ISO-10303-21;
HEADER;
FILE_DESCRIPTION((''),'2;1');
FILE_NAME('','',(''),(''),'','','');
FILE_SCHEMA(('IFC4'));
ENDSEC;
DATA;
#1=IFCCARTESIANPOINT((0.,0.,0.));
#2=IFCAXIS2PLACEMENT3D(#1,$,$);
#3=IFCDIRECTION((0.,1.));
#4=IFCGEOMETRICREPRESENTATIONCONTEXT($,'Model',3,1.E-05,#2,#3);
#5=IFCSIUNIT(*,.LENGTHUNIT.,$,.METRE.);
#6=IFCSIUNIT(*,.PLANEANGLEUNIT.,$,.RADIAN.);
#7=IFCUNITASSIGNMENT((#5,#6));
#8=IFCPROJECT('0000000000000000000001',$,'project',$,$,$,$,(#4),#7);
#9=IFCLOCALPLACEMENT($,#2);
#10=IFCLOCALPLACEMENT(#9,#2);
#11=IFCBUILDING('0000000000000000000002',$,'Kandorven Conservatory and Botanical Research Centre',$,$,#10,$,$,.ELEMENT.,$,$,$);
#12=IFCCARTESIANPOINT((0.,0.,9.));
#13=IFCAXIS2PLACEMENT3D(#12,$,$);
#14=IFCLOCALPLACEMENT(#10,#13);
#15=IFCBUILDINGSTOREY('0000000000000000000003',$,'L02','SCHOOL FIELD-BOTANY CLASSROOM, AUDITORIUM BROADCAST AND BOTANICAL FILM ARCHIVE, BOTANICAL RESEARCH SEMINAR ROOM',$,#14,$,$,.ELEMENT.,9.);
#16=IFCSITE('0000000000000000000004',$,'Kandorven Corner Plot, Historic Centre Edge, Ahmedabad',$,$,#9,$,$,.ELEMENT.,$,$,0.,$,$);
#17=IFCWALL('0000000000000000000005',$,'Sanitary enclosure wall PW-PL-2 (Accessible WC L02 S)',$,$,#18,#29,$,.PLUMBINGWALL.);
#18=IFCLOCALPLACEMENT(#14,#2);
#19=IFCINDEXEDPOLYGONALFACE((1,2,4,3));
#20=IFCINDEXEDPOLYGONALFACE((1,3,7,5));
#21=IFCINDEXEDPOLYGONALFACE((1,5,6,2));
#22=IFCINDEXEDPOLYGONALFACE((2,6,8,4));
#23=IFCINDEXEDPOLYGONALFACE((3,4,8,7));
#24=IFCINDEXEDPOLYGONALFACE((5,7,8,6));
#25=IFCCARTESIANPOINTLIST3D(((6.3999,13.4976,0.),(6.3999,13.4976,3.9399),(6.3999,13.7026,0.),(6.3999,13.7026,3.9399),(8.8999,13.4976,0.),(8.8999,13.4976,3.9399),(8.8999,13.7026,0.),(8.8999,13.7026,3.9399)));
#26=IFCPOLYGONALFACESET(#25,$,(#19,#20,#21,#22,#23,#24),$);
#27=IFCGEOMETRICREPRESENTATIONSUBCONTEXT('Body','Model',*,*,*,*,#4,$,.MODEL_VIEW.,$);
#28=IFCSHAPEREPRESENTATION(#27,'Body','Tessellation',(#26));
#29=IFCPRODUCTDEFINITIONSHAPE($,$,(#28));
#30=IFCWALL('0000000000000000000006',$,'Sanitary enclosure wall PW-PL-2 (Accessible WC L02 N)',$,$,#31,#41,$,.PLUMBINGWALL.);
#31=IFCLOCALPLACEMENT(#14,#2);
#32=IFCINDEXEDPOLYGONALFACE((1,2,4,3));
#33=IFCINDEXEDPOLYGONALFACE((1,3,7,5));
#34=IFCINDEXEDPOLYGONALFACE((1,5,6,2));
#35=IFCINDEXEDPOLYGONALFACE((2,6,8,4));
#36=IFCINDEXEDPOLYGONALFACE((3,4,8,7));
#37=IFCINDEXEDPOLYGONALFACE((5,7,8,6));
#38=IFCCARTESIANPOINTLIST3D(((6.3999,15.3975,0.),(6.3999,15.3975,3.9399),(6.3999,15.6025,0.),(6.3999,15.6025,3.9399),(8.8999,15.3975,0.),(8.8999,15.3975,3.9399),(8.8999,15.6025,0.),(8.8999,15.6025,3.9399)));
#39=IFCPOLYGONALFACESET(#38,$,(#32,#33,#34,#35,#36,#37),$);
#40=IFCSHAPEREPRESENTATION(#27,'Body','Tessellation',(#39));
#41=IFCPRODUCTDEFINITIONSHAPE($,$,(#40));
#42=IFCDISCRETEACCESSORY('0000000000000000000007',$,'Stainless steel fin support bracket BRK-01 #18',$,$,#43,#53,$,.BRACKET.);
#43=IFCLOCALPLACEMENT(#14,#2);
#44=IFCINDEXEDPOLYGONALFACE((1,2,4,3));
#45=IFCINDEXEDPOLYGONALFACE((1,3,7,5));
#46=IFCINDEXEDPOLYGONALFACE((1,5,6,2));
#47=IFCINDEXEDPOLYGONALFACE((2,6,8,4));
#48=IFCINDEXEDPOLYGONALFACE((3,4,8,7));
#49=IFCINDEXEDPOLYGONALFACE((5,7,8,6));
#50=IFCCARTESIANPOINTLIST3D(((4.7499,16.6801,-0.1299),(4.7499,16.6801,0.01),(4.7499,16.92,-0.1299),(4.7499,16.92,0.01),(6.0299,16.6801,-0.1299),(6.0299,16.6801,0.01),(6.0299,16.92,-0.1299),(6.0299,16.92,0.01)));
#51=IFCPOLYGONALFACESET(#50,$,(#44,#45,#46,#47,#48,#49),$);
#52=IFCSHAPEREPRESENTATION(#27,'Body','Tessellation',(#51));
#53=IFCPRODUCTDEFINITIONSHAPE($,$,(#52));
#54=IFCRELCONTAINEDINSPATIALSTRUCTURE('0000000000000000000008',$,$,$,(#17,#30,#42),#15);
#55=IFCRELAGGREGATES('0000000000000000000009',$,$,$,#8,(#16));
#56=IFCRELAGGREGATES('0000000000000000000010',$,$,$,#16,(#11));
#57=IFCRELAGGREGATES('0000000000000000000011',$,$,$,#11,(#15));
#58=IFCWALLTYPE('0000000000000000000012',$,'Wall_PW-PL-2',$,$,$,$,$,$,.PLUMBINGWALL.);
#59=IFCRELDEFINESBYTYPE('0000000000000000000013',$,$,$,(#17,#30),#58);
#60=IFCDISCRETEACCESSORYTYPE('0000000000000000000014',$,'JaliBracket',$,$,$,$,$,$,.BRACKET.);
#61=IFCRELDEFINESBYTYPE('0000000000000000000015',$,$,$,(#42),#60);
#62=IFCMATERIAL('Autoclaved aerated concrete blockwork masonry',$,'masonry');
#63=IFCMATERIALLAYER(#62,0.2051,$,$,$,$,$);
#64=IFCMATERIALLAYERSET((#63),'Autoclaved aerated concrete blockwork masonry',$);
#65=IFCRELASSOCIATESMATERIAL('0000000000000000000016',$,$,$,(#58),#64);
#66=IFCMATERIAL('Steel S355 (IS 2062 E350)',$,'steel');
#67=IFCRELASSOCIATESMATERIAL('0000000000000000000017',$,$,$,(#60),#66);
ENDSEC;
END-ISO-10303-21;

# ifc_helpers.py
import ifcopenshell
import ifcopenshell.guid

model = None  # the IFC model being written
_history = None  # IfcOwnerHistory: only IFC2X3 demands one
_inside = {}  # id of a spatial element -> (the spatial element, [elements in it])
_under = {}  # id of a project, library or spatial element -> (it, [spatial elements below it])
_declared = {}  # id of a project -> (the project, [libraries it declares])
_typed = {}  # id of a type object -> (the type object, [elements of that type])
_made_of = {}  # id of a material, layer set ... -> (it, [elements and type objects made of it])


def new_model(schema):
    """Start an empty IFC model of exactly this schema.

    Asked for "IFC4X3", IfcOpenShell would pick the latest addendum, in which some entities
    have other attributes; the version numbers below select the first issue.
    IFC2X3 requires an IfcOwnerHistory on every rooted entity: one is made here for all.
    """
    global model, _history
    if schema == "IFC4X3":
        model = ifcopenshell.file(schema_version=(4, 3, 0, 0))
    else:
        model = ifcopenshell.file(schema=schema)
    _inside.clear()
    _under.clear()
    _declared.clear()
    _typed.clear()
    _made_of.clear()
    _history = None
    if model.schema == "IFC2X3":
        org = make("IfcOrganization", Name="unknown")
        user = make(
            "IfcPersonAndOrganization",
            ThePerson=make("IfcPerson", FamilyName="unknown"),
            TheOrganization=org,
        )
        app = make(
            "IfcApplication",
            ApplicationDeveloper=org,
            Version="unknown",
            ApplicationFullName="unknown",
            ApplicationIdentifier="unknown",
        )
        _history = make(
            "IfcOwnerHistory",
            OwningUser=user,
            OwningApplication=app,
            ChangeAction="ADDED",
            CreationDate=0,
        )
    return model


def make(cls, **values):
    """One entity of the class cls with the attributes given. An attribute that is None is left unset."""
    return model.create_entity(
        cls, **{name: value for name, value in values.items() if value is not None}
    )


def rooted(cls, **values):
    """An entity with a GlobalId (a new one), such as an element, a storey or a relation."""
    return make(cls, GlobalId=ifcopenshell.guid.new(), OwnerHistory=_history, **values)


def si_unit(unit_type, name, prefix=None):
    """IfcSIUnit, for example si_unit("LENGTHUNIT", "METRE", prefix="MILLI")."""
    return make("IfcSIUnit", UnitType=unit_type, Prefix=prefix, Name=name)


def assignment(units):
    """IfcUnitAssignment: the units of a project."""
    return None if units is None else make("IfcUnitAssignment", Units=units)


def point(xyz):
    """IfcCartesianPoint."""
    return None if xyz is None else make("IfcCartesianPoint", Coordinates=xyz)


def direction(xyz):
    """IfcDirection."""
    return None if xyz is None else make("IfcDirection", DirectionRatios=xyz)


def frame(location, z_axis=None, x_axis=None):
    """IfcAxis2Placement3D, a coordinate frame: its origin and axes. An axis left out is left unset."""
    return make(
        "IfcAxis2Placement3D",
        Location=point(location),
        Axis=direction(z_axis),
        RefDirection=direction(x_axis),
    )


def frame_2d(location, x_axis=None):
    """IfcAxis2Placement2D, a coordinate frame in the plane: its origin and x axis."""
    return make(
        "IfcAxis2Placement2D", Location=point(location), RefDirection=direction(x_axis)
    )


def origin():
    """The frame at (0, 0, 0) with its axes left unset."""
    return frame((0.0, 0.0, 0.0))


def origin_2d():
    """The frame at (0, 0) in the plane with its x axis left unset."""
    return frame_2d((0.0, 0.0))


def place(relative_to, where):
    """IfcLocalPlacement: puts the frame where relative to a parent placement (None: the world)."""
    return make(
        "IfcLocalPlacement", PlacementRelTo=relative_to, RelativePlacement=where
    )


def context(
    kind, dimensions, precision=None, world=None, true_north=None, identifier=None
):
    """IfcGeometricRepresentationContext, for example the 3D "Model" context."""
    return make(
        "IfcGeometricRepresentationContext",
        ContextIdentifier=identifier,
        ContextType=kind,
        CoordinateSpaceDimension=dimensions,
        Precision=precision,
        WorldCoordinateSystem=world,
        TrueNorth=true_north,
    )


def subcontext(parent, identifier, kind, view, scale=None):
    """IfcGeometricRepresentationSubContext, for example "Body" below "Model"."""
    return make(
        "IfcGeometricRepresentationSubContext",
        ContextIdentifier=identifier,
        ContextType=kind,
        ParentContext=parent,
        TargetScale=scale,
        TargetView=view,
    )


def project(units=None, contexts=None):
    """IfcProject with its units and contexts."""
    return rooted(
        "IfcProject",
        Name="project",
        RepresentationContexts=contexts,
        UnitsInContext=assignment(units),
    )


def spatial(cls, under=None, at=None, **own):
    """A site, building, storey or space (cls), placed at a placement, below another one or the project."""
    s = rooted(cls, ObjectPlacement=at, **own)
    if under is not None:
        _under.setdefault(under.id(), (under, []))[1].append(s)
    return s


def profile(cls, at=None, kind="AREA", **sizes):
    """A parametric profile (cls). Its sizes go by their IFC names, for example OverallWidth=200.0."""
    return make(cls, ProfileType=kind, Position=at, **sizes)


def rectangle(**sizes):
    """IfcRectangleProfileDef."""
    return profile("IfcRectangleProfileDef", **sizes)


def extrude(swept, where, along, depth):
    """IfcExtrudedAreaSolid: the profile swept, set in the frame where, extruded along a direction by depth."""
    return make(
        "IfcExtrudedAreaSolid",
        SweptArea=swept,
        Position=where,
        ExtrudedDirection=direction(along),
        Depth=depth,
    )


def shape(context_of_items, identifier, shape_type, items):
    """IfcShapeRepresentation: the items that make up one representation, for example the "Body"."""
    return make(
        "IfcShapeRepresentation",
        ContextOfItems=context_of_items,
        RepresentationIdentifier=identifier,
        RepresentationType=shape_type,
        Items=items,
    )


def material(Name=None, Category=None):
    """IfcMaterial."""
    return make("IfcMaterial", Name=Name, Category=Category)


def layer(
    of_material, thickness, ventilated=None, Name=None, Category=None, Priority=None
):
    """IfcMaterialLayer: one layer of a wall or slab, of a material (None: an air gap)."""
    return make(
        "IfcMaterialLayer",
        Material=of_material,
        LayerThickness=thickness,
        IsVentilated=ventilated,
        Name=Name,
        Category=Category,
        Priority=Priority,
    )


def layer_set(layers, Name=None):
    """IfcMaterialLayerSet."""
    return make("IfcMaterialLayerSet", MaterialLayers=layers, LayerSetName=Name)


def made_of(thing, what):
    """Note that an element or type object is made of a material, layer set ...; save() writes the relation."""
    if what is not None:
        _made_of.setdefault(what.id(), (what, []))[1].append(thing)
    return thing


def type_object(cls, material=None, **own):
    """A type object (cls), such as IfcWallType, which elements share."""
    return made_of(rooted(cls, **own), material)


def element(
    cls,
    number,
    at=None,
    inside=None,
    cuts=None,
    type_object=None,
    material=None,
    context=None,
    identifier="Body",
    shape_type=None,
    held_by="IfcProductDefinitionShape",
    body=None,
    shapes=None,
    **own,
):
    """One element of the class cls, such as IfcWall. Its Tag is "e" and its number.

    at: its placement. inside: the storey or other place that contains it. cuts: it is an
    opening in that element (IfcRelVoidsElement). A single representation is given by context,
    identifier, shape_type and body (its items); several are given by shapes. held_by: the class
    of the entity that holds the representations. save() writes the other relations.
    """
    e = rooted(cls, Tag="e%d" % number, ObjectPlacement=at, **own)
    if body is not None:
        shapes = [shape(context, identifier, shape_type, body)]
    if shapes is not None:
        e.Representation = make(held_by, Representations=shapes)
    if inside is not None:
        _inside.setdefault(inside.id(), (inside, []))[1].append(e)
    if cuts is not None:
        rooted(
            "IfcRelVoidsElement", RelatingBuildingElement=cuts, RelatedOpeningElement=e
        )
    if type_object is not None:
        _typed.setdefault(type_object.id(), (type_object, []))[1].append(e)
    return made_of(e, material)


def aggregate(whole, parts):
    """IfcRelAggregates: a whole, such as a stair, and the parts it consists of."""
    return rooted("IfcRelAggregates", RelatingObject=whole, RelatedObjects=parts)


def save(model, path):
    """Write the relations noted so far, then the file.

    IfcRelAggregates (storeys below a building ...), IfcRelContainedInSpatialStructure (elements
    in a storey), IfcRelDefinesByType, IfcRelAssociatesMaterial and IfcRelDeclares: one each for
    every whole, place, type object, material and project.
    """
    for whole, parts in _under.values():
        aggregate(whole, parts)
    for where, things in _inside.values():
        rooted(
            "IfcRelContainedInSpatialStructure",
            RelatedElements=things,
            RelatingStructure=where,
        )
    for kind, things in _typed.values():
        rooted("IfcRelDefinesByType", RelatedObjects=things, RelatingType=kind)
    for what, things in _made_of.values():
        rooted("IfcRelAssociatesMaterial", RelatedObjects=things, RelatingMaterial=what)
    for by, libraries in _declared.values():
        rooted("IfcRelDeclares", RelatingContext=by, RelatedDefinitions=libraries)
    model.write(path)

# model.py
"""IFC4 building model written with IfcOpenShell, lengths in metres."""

from ifc_helpers import new_model, si_unit, direction, frame, frame_2d, origin, origin_2d, place, context, subcontext, project, spatial, rectangle, extrude, material, layer, layer_set, type_object, element, save


model = new_model("IFC4")

# Units and contexts
model_context = context("Model", 3, precision=1e-05, world=origin(), true_north=direction((0.0, 1.0)))
body_context = subcontext(model_context, "Body", "Model", "MODEL_VIEW")
ifc_project = project(units=[si_unit("LENGTHUNIT", "METRE"), si_unit("PLANEANGLEUNIT", "RADIAN")], contexts=[model_context])

# Site, building, storey
site_placement = place(None, origin())
site = spatial("IfcSite", under=ifc_project, at=site_placement, Name="Kandorven Corner Plot, Historic Centre Edge, Ahmedabad", CompositionType="ELEMENT", RefElevation=0.0)
building_placement = place(site_placement, origin())
building = spatial("IfcBuilding", under=site, at=building_placement, Name="Kandorven Conservatory and Botanical Research Centre", CompositionType="ELEMENT")
storey_placement = place(building_placement, frame((0.0, 0.0, 9.0)))
storey = spatial("IfcBuildingStorey", under=building, at=storey_placement, Name="L02", Description="SCHOOL FIELD-BOTANY CLASSROOM, AUDITORIUM BROADCAST AND BOTANICAL FILM ARCHIVE, BOTANICAL RESEARCH SEMINAR ROOM", CompositionType="ELEMENT", Elevation=9.0)

# Shared definitions
ifc_material_1 = material(Name="Autoclaved aerated concrete blockwork masonry", Category="masonry")
ifc_layer_1 = layer(ifc_material_1, 0.2051)
ifc_layer_set_1 = layer_set([ifc_layer_1], Name="Autoclaved aerated concrete blockwork masonry")
wall_type_1 = type_object("IfcWallType", Name="Wall_PW-PL-2", PredefinedType="PLUMBINGWALL", material=ifc_layer_set_1)

# Walls
for number, where, z_axis, x_axis, name in (
    (1, (6.3999, 13.6001, 0.0), (0.0, 0.0, 1.0), (1.0, 0.0, 0.0), "Sanitary enclosure wall PW-PL-2 (Accessible WC L02 S)"),
    (2, (6.3999, 15.5, 0.0), (0.0, 0.0, 1.0), (1.0, 0.0, 0.0), "Sanitary enclosure wall PW-PL-2 (Accessible WC L02 N)"),
):
    element("IfcWall", number, at=place(storey_placement, frame(where, z_axis=z_axis, x_axis=x_axis)), inside=storey, type_object=wall_type_1, Name=name, PredefinedType="PLUMBINGWALL", context=body_context, shape_type="SweptSolid", body=[
        extrude(rectangle(XDim=2.5, YDim=0.2051, at=frame_2d((1.25, 0.0))), origin(), (0.0, 0.0, 1.0), 3.9399),
    ])

# Discrete accessory
ifc_material_2 = material(Name="Steel S355 (IS 2062 E350)", Category="steel")
discrete_accessory_type = type_object("IfcDiscreteAccessoryType", Name="JaliBracket", PredefinedType="BRACKET", material=ifc_material_2)
discrete_accessory_placement = place(storey_placement, frame((5.3899, 16.8, -0.1299), z_axis=(0.0, 0.0, 1.0), x_axis=(1.0, 0.0, 0.0)))
element("IfcDiscreteAccessory", 3, at=discrete_accessory_placement, inside=storey, type_object=discrete_accessory_type, Name="Stainless steel fin support bracket BRK-01 #18", PredefinedType="BRACKET", context=body_context, shape_type="SweptSolid", body=[
    extrude(rectangle(XDim=1.28, YDim=0.24, at=origin_2d()), origin(), (0.0, 0.0, 1.0), 0.1399),
])

save(model, "model.ifc")
